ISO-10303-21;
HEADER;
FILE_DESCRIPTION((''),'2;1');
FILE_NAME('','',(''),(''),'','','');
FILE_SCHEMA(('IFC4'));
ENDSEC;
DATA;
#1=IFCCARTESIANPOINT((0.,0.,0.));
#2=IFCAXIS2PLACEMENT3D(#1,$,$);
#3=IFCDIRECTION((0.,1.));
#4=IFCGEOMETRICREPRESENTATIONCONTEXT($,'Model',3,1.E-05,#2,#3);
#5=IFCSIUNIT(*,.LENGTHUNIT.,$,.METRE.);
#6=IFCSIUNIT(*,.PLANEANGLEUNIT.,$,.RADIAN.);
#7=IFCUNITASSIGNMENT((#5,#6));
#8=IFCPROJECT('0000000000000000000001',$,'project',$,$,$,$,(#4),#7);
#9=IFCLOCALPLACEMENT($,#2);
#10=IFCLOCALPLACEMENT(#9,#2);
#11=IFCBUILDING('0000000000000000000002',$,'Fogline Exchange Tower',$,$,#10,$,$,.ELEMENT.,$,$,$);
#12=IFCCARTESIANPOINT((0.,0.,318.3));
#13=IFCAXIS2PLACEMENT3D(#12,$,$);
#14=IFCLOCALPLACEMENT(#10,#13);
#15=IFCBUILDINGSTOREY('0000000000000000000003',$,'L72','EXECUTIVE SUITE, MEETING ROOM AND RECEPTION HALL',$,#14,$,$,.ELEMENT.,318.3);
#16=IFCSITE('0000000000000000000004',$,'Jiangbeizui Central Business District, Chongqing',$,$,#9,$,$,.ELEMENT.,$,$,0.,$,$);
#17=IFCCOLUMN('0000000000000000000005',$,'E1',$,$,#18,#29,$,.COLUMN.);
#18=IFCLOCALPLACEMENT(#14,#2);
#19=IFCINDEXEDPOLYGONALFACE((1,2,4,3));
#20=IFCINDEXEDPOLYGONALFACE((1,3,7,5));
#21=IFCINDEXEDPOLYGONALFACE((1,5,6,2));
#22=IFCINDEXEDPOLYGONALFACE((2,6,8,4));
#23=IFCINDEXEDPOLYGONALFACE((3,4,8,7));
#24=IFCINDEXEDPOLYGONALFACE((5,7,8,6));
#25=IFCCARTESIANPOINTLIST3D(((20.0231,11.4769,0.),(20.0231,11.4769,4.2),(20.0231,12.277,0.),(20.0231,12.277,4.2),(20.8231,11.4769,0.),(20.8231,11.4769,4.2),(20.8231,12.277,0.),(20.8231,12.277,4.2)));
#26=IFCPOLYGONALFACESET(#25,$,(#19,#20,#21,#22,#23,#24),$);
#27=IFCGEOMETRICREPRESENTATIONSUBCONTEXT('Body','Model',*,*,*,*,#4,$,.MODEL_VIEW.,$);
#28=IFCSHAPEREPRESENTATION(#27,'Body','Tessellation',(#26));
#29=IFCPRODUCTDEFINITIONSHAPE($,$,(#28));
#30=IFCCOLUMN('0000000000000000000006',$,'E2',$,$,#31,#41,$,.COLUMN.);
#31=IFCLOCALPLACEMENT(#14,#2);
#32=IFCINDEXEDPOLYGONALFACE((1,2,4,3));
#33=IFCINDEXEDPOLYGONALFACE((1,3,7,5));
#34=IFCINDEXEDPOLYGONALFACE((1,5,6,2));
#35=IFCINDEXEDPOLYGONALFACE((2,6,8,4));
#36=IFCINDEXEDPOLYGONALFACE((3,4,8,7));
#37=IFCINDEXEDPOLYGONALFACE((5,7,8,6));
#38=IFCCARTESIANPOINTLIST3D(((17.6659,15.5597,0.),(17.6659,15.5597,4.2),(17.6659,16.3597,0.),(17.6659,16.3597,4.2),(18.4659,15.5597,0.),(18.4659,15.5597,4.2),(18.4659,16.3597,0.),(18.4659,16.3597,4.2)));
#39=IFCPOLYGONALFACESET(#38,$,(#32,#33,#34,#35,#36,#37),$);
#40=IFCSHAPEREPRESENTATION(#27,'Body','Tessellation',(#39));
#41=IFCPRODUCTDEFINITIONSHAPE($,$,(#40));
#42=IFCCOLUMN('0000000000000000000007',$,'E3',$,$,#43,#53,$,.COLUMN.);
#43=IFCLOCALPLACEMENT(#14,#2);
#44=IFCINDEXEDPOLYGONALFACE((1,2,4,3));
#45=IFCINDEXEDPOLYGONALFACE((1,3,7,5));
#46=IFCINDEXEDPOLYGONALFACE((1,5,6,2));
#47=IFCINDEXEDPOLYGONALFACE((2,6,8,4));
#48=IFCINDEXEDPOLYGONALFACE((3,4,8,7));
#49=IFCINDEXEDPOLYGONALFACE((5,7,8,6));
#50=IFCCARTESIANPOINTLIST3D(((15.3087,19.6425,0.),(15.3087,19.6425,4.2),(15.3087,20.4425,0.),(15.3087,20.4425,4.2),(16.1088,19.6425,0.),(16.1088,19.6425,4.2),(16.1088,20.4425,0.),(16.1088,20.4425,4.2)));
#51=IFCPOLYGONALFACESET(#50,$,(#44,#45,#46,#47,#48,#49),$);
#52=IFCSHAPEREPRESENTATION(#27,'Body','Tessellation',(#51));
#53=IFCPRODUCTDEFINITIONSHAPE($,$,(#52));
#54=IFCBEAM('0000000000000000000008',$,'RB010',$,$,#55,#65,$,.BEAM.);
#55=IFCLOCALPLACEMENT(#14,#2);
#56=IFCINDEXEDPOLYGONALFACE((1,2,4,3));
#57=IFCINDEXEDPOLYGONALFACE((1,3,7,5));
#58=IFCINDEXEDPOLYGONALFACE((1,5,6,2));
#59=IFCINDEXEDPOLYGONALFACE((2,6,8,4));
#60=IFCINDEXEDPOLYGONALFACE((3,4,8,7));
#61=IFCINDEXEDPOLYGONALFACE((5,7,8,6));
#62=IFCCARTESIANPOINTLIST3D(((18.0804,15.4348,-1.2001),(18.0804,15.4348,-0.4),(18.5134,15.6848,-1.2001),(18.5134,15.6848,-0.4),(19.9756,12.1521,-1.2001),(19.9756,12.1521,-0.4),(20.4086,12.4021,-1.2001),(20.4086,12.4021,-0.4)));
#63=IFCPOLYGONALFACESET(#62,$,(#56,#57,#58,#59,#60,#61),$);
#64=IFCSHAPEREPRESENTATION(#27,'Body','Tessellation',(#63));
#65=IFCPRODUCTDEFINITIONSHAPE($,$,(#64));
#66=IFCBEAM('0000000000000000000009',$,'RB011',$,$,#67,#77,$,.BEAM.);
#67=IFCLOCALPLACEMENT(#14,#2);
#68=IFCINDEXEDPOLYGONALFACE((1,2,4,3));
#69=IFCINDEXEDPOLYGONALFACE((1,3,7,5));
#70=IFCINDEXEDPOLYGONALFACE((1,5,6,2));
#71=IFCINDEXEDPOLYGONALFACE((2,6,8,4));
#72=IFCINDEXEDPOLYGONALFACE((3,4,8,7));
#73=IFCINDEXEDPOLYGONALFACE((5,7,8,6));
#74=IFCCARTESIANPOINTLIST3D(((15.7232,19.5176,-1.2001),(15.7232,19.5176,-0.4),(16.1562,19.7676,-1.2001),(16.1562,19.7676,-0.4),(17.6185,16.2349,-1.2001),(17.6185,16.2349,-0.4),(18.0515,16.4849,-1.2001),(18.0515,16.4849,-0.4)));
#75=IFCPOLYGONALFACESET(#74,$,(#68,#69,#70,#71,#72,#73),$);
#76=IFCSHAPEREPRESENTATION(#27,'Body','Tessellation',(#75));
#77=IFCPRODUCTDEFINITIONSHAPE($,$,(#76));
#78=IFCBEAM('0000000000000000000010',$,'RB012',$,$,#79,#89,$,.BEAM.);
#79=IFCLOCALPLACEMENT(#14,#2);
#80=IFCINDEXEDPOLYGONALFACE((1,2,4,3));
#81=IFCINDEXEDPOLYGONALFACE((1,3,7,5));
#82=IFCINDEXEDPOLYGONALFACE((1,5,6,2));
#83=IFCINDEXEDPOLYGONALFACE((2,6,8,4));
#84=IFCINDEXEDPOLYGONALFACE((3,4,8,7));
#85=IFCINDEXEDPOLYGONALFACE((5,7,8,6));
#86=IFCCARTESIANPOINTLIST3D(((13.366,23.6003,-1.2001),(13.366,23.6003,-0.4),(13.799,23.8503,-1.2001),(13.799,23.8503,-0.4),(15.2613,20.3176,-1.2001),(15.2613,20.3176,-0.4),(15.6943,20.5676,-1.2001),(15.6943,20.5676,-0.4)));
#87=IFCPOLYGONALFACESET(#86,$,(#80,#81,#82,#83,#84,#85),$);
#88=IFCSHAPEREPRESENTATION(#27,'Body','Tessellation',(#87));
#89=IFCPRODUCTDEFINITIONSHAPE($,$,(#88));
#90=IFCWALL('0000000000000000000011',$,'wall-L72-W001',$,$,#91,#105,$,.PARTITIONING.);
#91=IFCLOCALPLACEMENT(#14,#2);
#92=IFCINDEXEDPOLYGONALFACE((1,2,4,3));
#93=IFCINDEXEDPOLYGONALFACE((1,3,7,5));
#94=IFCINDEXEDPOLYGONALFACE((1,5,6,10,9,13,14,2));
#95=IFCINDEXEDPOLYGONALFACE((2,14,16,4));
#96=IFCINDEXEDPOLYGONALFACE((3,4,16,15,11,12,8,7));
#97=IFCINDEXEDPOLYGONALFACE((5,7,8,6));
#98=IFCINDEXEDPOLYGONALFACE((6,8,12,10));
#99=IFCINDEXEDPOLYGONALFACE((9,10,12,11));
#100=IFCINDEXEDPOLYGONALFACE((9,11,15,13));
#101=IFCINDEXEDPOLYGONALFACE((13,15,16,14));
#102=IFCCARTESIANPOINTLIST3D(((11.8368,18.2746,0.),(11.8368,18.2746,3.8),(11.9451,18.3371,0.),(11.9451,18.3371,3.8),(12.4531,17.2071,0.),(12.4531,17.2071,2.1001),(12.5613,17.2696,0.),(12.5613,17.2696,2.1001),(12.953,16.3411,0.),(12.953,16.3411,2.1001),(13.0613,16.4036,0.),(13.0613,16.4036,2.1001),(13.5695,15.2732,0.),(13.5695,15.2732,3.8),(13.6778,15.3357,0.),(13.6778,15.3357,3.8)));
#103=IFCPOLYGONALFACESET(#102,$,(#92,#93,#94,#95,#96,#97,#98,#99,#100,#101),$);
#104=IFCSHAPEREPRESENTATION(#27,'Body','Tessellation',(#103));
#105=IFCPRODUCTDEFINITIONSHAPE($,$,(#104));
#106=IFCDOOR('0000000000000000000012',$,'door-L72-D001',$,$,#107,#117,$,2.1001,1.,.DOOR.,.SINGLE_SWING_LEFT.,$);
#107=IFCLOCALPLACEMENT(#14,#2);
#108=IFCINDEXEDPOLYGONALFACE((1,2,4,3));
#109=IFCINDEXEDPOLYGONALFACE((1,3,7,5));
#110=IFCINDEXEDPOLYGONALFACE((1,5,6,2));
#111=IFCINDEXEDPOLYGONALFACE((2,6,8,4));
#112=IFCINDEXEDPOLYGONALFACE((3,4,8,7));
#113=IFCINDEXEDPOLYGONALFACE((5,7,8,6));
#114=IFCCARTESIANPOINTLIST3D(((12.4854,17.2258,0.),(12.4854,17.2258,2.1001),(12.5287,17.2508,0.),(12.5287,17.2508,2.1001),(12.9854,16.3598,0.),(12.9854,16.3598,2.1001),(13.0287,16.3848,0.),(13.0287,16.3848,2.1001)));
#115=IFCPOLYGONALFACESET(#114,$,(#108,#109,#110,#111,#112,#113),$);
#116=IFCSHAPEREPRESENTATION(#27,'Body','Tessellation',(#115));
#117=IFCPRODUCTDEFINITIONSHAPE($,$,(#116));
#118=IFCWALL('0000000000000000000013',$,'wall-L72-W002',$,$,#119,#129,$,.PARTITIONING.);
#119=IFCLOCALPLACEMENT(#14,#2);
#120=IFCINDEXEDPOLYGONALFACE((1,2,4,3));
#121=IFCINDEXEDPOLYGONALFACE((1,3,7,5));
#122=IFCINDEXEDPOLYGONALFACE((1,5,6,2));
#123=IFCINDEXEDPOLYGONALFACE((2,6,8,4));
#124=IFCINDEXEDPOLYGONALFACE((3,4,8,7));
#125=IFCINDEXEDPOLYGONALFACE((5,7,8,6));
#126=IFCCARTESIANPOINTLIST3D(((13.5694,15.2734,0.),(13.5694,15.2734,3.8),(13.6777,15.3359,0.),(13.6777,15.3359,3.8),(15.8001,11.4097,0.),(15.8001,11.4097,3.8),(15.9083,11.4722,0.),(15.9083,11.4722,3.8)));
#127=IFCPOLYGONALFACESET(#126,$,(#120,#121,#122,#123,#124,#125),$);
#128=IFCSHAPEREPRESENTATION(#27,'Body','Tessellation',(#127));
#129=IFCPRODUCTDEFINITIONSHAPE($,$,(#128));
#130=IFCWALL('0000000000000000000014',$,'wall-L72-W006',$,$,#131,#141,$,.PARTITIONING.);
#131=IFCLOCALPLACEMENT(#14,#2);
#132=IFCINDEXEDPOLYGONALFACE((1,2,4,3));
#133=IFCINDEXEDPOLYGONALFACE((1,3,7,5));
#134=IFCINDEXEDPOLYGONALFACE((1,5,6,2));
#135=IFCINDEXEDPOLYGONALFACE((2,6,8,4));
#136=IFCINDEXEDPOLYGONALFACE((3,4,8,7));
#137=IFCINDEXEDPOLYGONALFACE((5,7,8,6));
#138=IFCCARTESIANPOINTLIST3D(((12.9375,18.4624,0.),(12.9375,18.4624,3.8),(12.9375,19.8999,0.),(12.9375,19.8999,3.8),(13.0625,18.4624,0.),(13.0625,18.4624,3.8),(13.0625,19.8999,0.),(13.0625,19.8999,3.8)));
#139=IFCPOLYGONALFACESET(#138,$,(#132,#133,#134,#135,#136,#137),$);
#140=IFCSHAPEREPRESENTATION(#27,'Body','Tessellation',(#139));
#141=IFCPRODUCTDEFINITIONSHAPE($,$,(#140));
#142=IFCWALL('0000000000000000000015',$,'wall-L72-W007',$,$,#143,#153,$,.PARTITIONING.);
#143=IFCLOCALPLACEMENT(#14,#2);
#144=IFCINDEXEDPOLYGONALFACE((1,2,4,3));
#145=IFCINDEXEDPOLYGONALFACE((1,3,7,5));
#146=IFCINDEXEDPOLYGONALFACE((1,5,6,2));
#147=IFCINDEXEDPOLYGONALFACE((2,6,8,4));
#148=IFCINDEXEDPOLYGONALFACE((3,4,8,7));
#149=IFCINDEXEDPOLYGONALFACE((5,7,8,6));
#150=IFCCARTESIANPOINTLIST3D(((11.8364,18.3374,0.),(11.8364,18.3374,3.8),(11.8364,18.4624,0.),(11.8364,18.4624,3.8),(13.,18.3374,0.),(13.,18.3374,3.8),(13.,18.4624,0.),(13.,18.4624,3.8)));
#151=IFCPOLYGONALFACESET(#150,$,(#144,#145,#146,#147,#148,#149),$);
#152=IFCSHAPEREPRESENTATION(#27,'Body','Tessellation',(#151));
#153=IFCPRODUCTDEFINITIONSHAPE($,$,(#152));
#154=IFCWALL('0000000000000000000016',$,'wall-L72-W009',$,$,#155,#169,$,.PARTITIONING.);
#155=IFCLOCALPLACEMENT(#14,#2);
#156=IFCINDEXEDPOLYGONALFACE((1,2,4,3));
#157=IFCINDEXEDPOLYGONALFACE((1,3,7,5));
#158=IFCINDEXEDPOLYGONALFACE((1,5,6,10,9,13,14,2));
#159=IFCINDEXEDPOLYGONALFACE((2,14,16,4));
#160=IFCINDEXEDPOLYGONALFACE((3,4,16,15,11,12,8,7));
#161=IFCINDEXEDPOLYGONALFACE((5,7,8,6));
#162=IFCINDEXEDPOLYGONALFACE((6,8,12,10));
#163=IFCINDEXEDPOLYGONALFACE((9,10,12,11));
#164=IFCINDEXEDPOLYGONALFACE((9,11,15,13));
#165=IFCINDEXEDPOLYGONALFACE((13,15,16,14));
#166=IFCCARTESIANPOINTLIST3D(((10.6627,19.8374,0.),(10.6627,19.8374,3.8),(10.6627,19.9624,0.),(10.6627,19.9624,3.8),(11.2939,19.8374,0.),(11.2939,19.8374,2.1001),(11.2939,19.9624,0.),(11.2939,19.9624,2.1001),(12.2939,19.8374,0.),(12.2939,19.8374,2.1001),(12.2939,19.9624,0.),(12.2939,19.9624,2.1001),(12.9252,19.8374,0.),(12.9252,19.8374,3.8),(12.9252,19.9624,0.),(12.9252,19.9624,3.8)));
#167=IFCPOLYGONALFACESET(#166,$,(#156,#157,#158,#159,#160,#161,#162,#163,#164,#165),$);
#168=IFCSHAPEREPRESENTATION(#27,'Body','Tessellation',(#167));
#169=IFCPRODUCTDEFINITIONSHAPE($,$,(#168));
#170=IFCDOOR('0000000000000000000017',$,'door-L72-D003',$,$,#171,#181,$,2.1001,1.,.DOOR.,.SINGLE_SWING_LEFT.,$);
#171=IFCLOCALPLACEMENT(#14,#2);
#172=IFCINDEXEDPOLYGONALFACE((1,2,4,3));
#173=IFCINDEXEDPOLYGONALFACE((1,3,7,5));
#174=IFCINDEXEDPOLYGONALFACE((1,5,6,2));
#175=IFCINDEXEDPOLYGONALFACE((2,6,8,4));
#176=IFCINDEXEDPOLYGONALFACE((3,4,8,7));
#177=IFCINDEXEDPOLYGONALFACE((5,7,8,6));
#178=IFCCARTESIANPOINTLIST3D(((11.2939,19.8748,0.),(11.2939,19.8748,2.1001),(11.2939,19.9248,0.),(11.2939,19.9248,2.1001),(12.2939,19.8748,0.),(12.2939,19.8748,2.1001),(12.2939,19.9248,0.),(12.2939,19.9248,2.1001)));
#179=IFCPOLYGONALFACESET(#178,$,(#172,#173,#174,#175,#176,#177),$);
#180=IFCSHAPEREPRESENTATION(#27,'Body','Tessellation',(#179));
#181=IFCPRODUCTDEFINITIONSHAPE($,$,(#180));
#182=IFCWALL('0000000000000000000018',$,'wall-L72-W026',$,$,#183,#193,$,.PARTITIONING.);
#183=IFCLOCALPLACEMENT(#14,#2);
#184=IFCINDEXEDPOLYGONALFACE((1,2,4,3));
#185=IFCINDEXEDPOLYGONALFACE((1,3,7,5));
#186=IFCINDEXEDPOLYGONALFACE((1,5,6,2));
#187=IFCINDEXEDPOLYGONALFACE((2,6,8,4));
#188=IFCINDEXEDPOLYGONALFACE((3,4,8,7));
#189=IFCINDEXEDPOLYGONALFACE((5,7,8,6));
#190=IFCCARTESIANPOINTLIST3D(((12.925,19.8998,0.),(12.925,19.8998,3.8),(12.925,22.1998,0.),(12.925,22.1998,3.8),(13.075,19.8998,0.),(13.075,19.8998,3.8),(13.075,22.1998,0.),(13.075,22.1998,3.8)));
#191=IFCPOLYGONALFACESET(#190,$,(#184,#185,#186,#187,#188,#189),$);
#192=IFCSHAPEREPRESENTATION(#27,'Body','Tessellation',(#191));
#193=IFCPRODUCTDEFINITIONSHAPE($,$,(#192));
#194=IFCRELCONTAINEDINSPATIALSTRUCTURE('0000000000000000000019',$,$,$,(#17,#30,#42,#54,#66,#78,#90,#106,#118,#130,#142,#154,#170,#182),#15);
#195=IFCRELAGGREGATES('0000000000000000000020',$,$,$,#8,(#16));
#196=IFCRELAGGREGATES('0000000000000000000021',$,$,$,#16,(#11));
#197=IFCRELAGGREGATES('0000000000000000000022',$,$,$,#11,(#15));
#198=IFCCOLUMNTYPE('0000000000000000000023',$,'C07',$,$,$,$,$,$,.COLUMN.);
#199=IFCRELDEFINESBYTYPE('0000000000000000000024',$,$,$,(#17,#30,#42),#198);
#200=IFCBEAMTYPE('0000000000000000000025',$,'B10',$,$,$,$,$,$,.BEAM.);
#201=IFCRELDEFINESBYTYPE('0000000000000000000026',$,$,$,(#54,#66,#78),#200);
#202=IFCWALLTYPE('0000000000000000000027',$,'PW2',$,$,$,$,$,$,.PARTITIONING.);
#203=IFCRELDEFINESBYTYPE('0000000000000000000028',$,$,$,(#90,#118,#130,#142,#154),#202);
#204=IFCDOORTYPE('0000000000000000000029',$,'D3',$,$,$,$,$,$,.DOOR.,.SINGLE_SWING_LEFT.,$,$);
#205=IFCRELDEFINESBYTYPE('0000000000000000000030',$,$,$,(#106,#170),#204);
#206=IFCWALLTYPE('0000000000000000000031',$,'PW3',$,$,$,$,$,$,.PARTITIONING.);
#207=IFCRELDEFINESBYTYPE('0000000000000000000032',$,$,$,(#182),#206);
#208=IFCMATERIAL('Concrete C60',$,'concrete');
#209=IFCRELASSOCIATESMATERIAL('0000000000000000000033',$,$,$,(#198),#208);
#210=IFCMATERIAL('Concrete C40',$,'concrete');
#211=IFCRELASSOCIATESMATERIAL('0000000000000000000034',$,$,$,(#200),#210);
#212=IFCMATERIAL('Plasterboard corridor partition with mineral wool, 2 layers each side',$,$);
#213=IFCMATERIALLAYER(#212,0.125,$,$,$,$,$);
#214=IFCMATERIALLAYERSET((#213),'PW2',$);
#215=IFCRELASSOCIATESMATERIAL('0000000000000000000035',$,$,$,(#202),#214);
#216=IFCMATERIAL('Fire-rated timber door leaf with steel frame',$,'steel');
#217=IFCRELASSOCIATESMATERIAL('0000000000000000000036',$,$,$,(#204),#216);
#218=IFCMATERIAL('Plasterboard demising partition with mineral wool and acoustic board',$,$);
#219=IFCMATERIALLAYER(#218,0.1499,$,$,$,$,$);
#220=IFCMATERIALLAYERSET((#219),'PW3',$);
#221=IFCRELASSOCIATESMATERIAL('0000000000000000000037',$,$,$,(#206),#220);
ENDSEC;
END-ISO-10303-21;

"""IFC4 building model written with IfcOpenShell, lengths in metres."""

from ifc_helpers import new_model, si_unit, direction, frame, frame_2d, origin, origin_2d, place, context, subcontext, project, spatial, rectangle, extrude, material, layer, layer_set, material_profile, profile_set, type_object, element, fill, save


model = new_model("IFC4")

# Units and contexts
model_context = context("Model", 3, precision=1e-05, world=origin(), true_north=direction((0.0, 1.0)))
body_context = subcontext(model_context, "Body", "Model", "MODEL_VIEW")
ifc_project = project(units=[si_unit("LENGTHUNIT", "METRE"), si_unit("PLANEANGLEUNIT", "RADIAN")], contexts=[model_context])

# Site, building, storey
site_placement = place(None, origin())
site = spatial("IfcSite", under=ifc_project, at=site_placement, Name="Jiangbeizui Central Business District, Chongqing", CompositionType="ELEMENT", RefElevation=0.0)
building_placement = place(site_placement, origin())
building = spatial("IfcBuilding", under=site, at=building_placement, Name="Fogline Exchange Tower", CompositionType="ELEMENT")
storey_placement = place(building_placement, frame((0.0, 0.0, 318.3)))
storey = spatial("IfcBuildingStorey", under=building, at=storey_placement, Name="L72", Description="EXECUTIVE SUITE, MEETING ROOM AND RECEPTION HALL", CompositionType="ELEMENT", Elevation=318.3)

# Columns
ifc_material_1 = material(Name="Concrete C60", Category="concrete")
ifc_material_profile_1 = material_profile(ifc_material_1, rectangle(XDim=0.8, YDim=0.8, at=origin_2d()), Name="RC 800x800")
ifc_profile_set_1 = profile_set([ifc_material_profile_1], Name="Concrete C60")
column_type = type_object("IfcColumnType", Name="C07", PredefinedType="COLUMN", material=ifc_profile_set_1)
for number, where, z_axis, x_axis, name in (
    (1, (20.4231, 11.877, 0.0), (0.0, 0.0, 1.0), (1.0, 0.0, 0.0), "E1"),
    (2, (18.0659, 15.9597, 0.0), (0.0, 0.0, 1.0), (1.0, 0.0, 0.0), "E2"),
    (3, (15.7087, 20.0425, 0.0), (0.0, 0.0, 1.0), (1.0, 0.0, 0.0), "E3"),
):
    element("IfcColumn", number, at=place(storey_placement, frame(where, z_axis=z_axis, x_axis=x_axis)), inside=storey, type_object=column_type, Name=name, PredefinedType="COLUMN", context=body_context, shape_type="SweptSolid", body=[
        extrude(rectangle(XDim=0.8, YDim=0.8, at=origin_2d()), origin(), (0.0, 0.0, 1.0), 4.2),
    ])

# Beams
ifc_material_2 = material(Name="Concrete C40", Category="concrete")
ifc_material_profile_2 = material_profile(ifc_material_2, rectangle(XDim=0.5, YDim=0.8, at=origin_2d()), Name="RC 500x800")
ifc_profile_set_2 = profile_set([ifc_material_profile_2], Name="Concrete C40")
beam_type = type_object("IfcBeamType", Name="B10", PredefinedType="BEAM", material=ifc_profile_set_2)
for number, where, z_axis, x_axis, name in (
    (4, (20.1921, 12.2771, -0.8), (-0.499998, 0.866027, 0.0), (-0.866027, -0.499998, 0.0), "RB010"),
    (5, (17.835, 16.3599, -0.8), (-0.499998, 0.866027, 0.0), (-0.866027, -0.499998, 0.0), "RB011"),
    (6, (15.4778, 20.4426, -0.8), (-0.499998, 0.866027, 0.0), (-0.866027, -0.499998, 0.0), "RB012"),
):
    element("IfcBeam", number, at=place(storey_placement, frame(where, z_axis=z_axis, x_axis=x_axis)), inside=storey, type_object=beam_type, Name=name, PredefinedType="BEAM", context=body_context, shape_type="SweptSolid", body=[
        extrude(rectangle(XDim=0.5, YDim=0.8, at=origin_2d()), origin(), (0.0, 0.0, 1.0), 3.7905),
    ])

# Wall, opening, door
ifc_material_3 = material(Name="Plasterboard corridor partition with mineral wool, 2 layers each side")
ifc_layer_1 = layer(ifc_material_3, 0.125)
ifc_layer_set_1 = layer_set([ifc_layer_1], Name="PW2")
wall_type_1 = type_object("IfcWallType", Name="PW2", PredefinedType="PARTITIONING", material=ifc_layer_set_1)
wall_1_placement = place(storey_placement, frame((11.8909, 18.3059, 0.0), z_axis=(0.0, 0.0, 1.0), x_axis=(0.499981, -0.866037, 0.0)))
wall_1 = element("IfcWall", 7, at=wall_1_placement, inside=storey, type_object=wall_type_1, Name="wall-L72-W001", PredefinedType="PARTITIONING", context=body_context, shape_type="SweptSolid", body=[
    extrude(rectangle(XDim=3.4656, YDim=0.125, at=frame_2d((1.7329, 0.0))), origin(), (0.0, 0.0, 1.0), 3.8),
])
opening_1_placement = place(wall_1_placement, frame((1.2327, 0.0, 0.0)))
opening_1 = element("IfcOpeningElement", 8, at=opening_1_placement, cuts=wall_1, PredefinedType="OPENING", context=body_context, shape_type="SweptSolid", body=[
    extrude(rectangle(XDim=1.0, YDim=2.1001, at=frame_2d((0.5, 1.05))), frame((0.0, 0.0725, 0.0), z_axis=(0.0, -1.0, 0.0), x_axis=(1.0, 0.0, 0.0)), (0.0, 0.0, 1.0), 0.145),
])
ifc_material_4 = material(Name="Fire-rated timber door leaf with steel frame", Category="steel")
door_type = type_object("IfcDoorType", Name="D3", OperationType="SINGLE_SWING_LEFT", PredefinedType="DOOR", material=ifc_material_4)
door_1_placement = place(opening_1_placement, origin())
door_1 = element("IfcDoor", 9, at=door_1_placement, inside=storey, type_object=door_type, Name="door-L72-D001", OperationType="SINGLE_SWING_LEFT", OverallHeight=2.1001, OverallWidth=1.0, PredefinedType="DOOR", context=body_context, shape_type="SweptSolid", body=[
    extrude(rectangle(XDim=1.0, YDim=2.1001, at=frame_2d((0.5, 1.05))), frame((0.0, 0.0249, 0.0), z_axis=(0.0, -1.0, 0.0), x_axis=(1.0, 0.0, 0.0)), (0.0, 0.0, 1.0), 0.05),
])
fill(opening_1, door_1)

# Walls
wall_2_placement = place(storey_placement, frame((13.6235, 15.3047, 0.0), z_axis=(0.0, 0.0, 1.0), x_axis=(0.499994, -0.866029, 0.0)))
element("IfcWall", 10, at=wall_2_placement, inside=storey, type_object=wall_type_1, Name="wall-L72-W002", PredefinedType="PARTITIONING", context=body_context, shape_type="SweptSolid", body=[
    extrude(rectangle(XDim=4.4614, YDim=0.125, at=frame_2d((2.2307, 0.0))), origin(), (0.0, 0.0, 1.0), 3.8),
])
wall_3_placement = place(storey_placement, frame((13.0, 19.8999, 0.0), z_axis=(0.0, 0.0, 1.0), x_axis=(0.0, -1.0, 0.0)))
element("IfcWall", 11, at=wall_3_placement, inside=storey, type_object=wall_type_1, Name="wall-L72-W006", PredefinedType="PARTITIONING", context=body_context, shape_type="SweptSolid", body=[
    extrude(rectangle(XDim=1.4375, YDim=0.125, at=frame_2d((0.7188, 0.0))), origin(), (0.0, 0.0, 1.0), 3.8),
])
wall_4_placement = place(storey_placement, frame((13.0, 18.3999, 0.0), z_axis=(0.0, 0.0, 1.0), x_axis=(-1.0, 0.0, 0.0)))
element("IfcWall", 12, at=wall_4_placement, inside=storey, type_object=wall_type_1, Name="wall-L72-W007", PredefinedType="PARTITIONING", context=body_context, shape_type="SweptSolid", body=[
    extrude(rectangle(XDim=1.1636, YDim=0.125, at=frame_2d((0.5818, 0.0))), origin(), (0.0, 0.0, 1.0), 3.8),
])

# Wall, opening, door
wall_5_placement = place(storey_placement, frame((10.6626, 19.8999, 0.0), z_axis=(0.0, 0.0, 1.0), x_axis=(1.0, 0.0, 0.0)))
wall_5 = element("IfcWall", 13, at=wall_5_placement, inside=storey, type_object=wall_type_1, Name="wall-L72-W009", PredefinedType="PARTITIONING", context=body_context, shape_type="SweptSolid", body=[
    extrude(rectangle(XDim=2.2625, YDim=0.125, at=frame_2d((1.1313, 0.0))), origin(), (0.0, 0.0, 1.0), 3.8),
])
opening_2_placement = place(wall_5_placement, frame((0.6313, 0.0, 0.0)))
opening_2 = element("IfcOpeningElement", 14, at=opening_2_placement, cuts=wall_5, PredefinedType="OPENING", context=body_context, shape_type="SweptSolid", body=[
    extrude(rectangle(XDim=1.0, YDim=2.1001, at=frame_2d((0.5, 1.05))), frame((0.0, 0.0725, 0.0), z_axis=(0.0, -1.0, 0.0), x_axis=(1.0, 0.0, 0.0)), (0.0, 0.0, 1.0), 0.145),
])
door_2_placement = place(opening_2_placement, origin())
door_2 = element("IfcDoor", 15, at=door_2_placement, inside=storey, type_object=door_type, Name="door-L72-D003", OperationType="SINGLE_SWING_LEFT", OverallHeight=2.1001, OverallWidth=1.0, PredefinedType="DOOR", context=body_context, shape_type="SweptSolid", body=[
    extrude(rectangle(XDim=1.0, YDim=2.1001, at=frame_2d((0.5, 1.05))), frame((0.0, 0.0249, 0.0), z_axis=(0.0, -1.0, 0.0), x_axis=(1.0, 0.0, 0.0)), (0.0, 0.0, 1.0), 0.05),
])
fill(opening_2, door_2)

# Wall
ifc_material_5 = material(Name="Plasterboard demising partition with mineral wool and acoustic board")
ifc_layer_2 = layer(ifc_material_5, 0.1499)
ifc_layer_set_2 = layer_set([ifc_layer_2], Name="PW3")
wall_type_2 = type_object("IfcWallType", Name="PW3", PredefinedType="PARTITIONING", material=ifc_layer_set_2)
wall_6_placement = place(storey_placement, frame((13.0, 19.8999, 0.0), z_axis=(0.0, 0.0, 1.0), x_axis=(0.0, 1.0, 0.0)))
element("IfcWall", 16, at=wall_6_placement, inside=storey, type_object=wall_type_2, Name="wall-L72-W026", PredefinedType="PARTITIONING", context=body_context, shape_type="SweptSolid", body=[
    extrude(rectangle(XDim=2.3, YDim=0.1499, at=frame_2d((1.1499, 0.0))), origin(), (0.0, 0.0, 1.0), 3.8),
])

save(model, "model.ifc")
